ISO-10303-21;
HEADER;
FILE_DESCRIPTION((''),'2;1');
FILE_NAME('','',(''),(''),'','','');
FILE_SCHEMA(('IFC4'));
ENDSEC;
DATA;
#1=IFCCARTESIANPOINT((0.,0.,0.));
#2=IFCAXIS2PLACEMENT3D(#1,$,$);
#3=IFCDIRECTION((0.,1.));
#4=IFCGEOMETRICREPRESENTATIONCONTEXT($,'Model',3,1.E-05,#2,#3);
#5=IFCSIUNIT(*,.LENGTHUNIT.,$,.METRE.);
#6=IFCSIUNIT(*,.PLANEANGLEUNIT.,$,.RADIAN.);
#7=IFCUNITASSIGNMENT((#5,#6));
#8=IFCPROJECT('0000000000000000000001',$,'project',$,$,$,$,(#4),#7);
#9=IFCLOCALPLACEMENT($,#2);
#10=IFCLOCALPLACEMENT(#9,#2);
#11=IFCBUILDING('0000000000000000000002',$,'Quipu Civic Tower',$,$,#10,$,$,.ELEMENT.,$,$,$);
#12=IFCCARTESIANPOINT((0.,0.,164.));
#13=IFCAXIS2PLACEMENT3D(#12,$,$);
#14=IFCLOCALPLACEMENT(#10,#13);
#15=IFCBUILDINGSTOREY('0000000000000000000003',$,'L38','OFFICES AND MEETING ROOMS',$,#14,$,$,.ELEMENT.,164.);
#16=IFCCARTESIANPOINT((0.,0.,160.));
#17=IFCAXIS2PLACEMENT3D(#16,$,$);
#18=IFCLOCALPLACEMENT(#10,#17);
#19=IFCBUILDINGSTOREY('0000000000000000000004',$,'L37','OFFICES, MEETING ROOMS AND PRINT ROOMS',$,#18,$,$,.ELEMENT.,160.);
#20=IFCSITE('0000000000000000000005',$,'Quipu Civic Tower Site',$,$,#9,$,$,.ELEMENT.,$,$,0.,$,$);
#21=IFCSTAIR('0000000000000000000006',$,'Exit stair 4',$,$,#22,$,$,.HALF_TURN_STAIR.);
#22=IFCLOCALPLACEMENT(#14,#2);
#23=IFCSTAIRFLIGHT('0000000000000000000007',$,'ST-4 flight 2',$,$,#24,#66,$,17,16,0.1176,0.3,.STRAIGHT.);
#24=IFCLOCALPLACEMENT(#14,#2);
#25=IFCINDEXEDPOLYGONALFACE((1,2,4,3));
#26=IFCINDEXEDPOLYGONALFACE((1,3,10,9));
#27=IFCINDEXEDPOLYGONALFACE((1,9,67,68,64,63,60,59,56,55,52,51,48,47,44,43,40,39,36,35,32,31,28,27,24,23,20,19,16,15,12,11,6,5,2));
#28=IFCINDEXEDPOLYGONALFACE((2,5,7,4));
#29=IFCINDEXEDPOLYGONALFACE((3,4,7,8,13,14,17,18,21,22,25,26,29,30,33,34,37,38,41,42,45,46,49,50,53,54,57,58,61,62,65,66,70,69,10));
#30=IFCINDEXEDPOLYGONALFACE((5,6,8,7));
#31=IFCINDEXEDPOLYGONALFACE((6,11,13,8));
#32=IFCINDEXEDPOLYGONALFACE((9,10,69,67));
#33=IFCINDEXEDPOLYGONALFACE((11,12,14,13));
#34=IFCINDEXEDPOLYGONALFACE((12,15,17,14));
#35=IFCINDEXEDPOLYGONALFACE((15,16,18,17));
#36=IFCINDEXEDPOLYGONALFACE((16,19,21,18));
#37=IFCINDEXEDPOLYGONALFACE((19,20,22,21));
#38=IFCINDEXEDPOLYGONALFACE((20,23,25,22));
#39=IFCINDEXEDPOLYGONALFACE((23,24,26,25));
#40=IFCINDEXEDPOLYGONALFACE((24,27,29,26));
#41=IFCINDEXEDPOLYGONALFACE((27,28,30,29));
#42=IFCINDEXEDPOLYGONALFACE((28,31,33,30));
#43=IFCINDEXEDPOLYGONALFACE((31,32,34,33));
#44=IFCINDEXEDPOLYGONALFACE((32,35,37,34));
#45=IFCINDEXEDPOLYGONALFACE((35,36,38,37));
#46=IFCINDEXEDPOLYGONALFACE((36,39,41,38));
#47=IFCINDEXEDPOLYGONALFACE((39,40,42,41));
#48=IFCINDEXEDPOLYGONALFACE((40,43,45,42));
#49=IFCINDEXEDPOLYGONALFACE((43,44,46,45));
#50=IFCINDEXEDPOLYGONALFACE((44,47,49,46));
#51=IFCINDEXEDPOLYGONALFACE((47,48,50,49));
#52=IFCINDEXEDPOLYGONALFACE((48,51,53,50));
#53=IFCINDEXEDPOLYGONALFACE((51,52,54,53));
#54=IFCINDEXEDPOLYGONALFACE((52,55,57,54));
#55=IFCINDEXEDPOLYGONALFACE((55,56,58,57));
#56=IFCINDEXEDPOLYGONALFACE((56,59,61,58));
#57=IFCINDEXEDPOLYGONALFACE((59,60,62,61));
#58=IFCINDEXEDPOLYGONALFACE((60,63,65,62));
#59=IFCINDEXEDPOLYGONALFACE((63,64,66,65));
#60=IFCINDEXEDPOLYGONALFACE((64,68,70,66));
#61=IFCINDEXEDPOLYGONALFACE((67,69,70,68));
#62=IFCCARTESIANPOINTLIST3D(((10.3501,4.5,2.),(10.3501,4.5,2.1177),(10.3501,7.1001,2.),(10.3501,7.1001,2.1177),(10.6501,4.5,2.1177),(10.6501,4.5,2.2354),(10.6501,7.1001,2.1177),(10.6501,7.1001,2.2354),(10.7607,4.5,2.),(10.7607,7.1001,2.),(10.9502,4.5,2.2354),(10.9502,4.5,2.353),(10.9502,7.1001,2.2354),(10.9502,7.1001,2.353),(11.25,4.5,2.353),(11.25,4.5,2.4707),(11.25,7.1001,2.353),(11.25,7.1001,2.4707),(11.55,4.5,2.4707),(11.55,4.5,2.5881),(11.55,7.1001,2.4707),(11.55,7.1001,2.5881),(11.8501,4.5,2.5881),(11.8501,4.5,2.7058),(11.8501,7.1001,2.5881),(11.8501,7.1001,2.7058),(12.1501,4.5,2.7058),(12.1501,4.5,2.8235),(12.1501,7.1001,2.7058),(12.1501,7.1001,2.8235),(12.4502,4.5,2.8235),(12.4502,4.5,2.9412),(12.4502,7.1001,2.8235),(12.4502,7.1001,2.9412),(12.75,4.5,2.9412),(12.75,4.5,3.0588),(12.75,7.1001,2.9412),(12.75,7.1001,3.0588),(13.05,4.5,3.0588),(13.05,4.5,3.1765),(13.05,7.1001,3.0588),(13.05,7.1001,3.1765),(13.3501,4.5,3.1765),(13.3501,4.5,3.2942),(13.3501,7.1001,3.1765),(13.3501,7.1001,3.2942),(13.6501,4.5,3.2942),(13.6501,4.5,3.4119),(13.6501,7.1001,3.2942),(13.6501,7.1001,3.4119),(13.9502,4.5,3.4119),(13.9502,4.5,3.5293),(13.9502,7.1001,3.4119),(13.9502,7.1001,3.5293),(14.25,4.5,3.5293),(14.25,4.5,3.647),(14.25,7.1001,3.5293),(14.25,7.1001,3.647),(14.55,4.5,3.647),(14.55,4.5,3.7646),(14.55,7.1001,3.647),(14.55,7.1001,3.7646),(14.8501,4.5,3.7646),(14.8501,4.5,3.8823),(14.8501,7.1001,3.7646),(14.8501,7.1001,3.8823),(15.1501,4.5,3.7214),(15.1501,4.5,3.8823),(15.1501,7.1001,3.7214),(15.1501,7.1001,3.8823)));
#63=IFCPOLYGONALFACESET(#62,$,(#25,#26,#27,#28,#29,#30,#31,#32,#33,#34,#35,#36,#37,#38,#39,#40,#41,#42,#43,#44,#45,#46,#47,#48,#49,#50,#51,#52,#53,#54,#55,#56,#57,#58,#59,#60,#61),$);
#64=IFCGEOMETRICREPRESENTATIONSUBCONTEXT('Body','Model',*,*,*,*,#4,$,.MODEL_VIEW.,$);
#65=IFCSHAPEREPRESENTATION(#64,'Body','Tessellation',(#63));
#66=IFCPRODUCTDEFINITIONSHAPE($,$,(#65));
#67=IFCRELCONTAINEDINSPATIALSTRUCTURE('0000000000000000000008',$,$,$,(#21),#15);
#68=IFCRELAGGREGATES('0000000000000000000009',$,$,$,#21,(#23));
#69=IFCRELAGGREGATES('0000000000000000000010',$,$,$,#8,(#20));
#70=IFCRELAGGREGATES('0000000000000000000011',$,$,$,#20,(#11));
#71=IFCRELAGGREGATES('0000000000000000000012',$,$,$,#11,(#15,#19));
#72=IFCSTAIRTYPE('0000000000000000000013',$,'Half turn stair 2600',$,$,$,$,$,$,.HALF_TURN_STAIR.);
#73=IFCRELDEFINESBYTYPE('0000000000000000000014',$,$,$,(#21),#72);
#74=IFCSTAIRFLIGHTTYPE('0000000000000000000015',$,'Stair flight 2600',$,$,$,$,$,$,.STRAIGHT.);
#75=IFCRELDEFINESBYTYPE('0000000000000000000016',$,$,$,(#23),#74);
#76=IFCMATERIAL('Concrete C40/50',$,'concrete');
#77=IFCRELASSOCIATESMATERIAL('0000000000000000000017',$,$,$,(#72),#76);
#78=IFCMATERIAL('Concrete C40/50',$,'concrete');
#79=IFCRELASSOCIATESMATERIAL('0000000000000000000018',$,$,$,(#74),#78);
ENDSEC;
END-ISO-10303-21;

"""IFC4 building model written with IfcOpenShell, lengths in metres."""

from ifc_helpers import new_model, si_unit, direction, frame, origin, place, context, subcontext, project, spatial, polyline, outline, extrude, material, type_object, element, aggregate, save


model = new_model("IFC4")

# Units and contexts
model_context = context("Model", 3, precision=1e-05, world=origin(), true_north=direction((0.0, 1.0)))
body_context = subcontext(model_context, "Body", "Model", "MODEL_VIEW")
ifc_project = project(units=[si_unit("LENGTHUNIT", "METRE"), si_unit("PLANEANGLEUNIT", "RADIAN")], contexts=[model_context])

# Site, building, storey
site_placement = place(None, origin())
site = spatial("IfcSite", under=ifc_project, at=site_placement, Name="Quipu Civic Tower Site", CompositionType="ELEMENT", RefElevation=0.0)
building_placement = place(site_placement, origin())
building = spatial("IfcBuilding", under=site, at=building_placement, Name="Quipu Civic Tower", CompositionType="ELEMENT")
storey_1_placement = place(building_placement, frame((0.0, 0.0, 164.0)))
storey_1 = spatial("IfcBuildingStorey", under=building, at=storey_1_placement, Name="L38", Description="OFFICES AND MEETING ROOMS", CompositionType="ELEMENT", Elevation=164.0)

# Shared definitions
storey_2_placement = place(building_placement, frame((0.0, 0.0, 160.0)))
storey_2 = spatial("IfcBuildingStorey", under=building, at=storey_2_placement, Name="L37", Description="OFFICES, MEETING ROOMS AND PRINT ROOMS", CompositionType="ELEMENT", Elevation=160.0)

# Stair, stair flight
ifc_material_1 = material(Name="Concrete C40/50", Category="concrete")
stair_type = type_object("IfcStairType", Name="Half turn stair 2600", PredefinedType="HALF_TURN_STAIR", material=ifc_material_1)
stair_placement = place(storey_1_placement, origin())
stair = element("IfcStair", 1, at=stair_placement, inside=storey_1, type_object=stair_type, Name="Exit stair 4", PredefinedType="HALF_TURN_STAIR")
ifc_material_2 = material(Name="Concrete C40/50", Category="concrete")
stair_flight_type = type_object("IfcStairFlightType", Name="Stair flight 2600", PredefinedType="STRAIGHT", material=ifc_material_2)
stair_flight_1_placement = place(storey_1_placement, frame((10.3501, 5.8, 2.0), z_axis=(0.0, 0.0, 1.0), x_axis=(1.0, 0.0, 0.0)))
stair_flight_1 = element("IfcStairFlight", 2, at=stair_flight_1_placement, type_object=stair_flight_type, Name="ST-4 flight 2", NumberOfRisers=17, NumberOfTreads=16, PredefinedType="STRAIGHT", RiserHeight=0.1176, TreadLength=0.3, context=body_context, shape_type="SweptSolid", body=[
    extrude(outline(polyline([(0.0, 0.0), (0.0, 0.1177), (0.3, 0.1177), (0.3, 0.2354), (0.6001, 0.2354), (0.6001, 0.353), (0.8999, 0.353), (0.8999, 0.4707), (1.2, 0.4707), (1.2, 0.5881), (1.5, 0.5881), (1.5, 0.7058), (1.8, 0.7058), (1.8, 0.8235), (2.1001, 0.8235), (2.1001, 0.9412), (2.3999, 0.9412), (2.3999, 1.0588), (2.7, 1.0588), (2.7, 1.1765), (3.0, 1.1765), (3.0, 1.2942), (3.3, 1.2942), (3.3, 1.4119), (3.6001, 1.4119), (3.6001, 1.5293), (3.8999, 1.5293), (3.8999, 1.647), (4.2, 1.647), (4.2, 1.7646), (4.5, 1.7646), (4.5, 1.8823), (4.8, 1.8823), (4.8, 2.0), (4.8, 1.7214), (0.4106, 0.0), (0.0, 0.0)])), frame((0.0, 1.3, 0.0), z_axis=(0.0, -1.0, 0.0), x_axis=(1.0, 0.0, 0.0)), (0.0, 0.0, 1.0), 2.6001),
])
aggregate(stair, [stair_flight_1])

save(model, "model.ifc")
